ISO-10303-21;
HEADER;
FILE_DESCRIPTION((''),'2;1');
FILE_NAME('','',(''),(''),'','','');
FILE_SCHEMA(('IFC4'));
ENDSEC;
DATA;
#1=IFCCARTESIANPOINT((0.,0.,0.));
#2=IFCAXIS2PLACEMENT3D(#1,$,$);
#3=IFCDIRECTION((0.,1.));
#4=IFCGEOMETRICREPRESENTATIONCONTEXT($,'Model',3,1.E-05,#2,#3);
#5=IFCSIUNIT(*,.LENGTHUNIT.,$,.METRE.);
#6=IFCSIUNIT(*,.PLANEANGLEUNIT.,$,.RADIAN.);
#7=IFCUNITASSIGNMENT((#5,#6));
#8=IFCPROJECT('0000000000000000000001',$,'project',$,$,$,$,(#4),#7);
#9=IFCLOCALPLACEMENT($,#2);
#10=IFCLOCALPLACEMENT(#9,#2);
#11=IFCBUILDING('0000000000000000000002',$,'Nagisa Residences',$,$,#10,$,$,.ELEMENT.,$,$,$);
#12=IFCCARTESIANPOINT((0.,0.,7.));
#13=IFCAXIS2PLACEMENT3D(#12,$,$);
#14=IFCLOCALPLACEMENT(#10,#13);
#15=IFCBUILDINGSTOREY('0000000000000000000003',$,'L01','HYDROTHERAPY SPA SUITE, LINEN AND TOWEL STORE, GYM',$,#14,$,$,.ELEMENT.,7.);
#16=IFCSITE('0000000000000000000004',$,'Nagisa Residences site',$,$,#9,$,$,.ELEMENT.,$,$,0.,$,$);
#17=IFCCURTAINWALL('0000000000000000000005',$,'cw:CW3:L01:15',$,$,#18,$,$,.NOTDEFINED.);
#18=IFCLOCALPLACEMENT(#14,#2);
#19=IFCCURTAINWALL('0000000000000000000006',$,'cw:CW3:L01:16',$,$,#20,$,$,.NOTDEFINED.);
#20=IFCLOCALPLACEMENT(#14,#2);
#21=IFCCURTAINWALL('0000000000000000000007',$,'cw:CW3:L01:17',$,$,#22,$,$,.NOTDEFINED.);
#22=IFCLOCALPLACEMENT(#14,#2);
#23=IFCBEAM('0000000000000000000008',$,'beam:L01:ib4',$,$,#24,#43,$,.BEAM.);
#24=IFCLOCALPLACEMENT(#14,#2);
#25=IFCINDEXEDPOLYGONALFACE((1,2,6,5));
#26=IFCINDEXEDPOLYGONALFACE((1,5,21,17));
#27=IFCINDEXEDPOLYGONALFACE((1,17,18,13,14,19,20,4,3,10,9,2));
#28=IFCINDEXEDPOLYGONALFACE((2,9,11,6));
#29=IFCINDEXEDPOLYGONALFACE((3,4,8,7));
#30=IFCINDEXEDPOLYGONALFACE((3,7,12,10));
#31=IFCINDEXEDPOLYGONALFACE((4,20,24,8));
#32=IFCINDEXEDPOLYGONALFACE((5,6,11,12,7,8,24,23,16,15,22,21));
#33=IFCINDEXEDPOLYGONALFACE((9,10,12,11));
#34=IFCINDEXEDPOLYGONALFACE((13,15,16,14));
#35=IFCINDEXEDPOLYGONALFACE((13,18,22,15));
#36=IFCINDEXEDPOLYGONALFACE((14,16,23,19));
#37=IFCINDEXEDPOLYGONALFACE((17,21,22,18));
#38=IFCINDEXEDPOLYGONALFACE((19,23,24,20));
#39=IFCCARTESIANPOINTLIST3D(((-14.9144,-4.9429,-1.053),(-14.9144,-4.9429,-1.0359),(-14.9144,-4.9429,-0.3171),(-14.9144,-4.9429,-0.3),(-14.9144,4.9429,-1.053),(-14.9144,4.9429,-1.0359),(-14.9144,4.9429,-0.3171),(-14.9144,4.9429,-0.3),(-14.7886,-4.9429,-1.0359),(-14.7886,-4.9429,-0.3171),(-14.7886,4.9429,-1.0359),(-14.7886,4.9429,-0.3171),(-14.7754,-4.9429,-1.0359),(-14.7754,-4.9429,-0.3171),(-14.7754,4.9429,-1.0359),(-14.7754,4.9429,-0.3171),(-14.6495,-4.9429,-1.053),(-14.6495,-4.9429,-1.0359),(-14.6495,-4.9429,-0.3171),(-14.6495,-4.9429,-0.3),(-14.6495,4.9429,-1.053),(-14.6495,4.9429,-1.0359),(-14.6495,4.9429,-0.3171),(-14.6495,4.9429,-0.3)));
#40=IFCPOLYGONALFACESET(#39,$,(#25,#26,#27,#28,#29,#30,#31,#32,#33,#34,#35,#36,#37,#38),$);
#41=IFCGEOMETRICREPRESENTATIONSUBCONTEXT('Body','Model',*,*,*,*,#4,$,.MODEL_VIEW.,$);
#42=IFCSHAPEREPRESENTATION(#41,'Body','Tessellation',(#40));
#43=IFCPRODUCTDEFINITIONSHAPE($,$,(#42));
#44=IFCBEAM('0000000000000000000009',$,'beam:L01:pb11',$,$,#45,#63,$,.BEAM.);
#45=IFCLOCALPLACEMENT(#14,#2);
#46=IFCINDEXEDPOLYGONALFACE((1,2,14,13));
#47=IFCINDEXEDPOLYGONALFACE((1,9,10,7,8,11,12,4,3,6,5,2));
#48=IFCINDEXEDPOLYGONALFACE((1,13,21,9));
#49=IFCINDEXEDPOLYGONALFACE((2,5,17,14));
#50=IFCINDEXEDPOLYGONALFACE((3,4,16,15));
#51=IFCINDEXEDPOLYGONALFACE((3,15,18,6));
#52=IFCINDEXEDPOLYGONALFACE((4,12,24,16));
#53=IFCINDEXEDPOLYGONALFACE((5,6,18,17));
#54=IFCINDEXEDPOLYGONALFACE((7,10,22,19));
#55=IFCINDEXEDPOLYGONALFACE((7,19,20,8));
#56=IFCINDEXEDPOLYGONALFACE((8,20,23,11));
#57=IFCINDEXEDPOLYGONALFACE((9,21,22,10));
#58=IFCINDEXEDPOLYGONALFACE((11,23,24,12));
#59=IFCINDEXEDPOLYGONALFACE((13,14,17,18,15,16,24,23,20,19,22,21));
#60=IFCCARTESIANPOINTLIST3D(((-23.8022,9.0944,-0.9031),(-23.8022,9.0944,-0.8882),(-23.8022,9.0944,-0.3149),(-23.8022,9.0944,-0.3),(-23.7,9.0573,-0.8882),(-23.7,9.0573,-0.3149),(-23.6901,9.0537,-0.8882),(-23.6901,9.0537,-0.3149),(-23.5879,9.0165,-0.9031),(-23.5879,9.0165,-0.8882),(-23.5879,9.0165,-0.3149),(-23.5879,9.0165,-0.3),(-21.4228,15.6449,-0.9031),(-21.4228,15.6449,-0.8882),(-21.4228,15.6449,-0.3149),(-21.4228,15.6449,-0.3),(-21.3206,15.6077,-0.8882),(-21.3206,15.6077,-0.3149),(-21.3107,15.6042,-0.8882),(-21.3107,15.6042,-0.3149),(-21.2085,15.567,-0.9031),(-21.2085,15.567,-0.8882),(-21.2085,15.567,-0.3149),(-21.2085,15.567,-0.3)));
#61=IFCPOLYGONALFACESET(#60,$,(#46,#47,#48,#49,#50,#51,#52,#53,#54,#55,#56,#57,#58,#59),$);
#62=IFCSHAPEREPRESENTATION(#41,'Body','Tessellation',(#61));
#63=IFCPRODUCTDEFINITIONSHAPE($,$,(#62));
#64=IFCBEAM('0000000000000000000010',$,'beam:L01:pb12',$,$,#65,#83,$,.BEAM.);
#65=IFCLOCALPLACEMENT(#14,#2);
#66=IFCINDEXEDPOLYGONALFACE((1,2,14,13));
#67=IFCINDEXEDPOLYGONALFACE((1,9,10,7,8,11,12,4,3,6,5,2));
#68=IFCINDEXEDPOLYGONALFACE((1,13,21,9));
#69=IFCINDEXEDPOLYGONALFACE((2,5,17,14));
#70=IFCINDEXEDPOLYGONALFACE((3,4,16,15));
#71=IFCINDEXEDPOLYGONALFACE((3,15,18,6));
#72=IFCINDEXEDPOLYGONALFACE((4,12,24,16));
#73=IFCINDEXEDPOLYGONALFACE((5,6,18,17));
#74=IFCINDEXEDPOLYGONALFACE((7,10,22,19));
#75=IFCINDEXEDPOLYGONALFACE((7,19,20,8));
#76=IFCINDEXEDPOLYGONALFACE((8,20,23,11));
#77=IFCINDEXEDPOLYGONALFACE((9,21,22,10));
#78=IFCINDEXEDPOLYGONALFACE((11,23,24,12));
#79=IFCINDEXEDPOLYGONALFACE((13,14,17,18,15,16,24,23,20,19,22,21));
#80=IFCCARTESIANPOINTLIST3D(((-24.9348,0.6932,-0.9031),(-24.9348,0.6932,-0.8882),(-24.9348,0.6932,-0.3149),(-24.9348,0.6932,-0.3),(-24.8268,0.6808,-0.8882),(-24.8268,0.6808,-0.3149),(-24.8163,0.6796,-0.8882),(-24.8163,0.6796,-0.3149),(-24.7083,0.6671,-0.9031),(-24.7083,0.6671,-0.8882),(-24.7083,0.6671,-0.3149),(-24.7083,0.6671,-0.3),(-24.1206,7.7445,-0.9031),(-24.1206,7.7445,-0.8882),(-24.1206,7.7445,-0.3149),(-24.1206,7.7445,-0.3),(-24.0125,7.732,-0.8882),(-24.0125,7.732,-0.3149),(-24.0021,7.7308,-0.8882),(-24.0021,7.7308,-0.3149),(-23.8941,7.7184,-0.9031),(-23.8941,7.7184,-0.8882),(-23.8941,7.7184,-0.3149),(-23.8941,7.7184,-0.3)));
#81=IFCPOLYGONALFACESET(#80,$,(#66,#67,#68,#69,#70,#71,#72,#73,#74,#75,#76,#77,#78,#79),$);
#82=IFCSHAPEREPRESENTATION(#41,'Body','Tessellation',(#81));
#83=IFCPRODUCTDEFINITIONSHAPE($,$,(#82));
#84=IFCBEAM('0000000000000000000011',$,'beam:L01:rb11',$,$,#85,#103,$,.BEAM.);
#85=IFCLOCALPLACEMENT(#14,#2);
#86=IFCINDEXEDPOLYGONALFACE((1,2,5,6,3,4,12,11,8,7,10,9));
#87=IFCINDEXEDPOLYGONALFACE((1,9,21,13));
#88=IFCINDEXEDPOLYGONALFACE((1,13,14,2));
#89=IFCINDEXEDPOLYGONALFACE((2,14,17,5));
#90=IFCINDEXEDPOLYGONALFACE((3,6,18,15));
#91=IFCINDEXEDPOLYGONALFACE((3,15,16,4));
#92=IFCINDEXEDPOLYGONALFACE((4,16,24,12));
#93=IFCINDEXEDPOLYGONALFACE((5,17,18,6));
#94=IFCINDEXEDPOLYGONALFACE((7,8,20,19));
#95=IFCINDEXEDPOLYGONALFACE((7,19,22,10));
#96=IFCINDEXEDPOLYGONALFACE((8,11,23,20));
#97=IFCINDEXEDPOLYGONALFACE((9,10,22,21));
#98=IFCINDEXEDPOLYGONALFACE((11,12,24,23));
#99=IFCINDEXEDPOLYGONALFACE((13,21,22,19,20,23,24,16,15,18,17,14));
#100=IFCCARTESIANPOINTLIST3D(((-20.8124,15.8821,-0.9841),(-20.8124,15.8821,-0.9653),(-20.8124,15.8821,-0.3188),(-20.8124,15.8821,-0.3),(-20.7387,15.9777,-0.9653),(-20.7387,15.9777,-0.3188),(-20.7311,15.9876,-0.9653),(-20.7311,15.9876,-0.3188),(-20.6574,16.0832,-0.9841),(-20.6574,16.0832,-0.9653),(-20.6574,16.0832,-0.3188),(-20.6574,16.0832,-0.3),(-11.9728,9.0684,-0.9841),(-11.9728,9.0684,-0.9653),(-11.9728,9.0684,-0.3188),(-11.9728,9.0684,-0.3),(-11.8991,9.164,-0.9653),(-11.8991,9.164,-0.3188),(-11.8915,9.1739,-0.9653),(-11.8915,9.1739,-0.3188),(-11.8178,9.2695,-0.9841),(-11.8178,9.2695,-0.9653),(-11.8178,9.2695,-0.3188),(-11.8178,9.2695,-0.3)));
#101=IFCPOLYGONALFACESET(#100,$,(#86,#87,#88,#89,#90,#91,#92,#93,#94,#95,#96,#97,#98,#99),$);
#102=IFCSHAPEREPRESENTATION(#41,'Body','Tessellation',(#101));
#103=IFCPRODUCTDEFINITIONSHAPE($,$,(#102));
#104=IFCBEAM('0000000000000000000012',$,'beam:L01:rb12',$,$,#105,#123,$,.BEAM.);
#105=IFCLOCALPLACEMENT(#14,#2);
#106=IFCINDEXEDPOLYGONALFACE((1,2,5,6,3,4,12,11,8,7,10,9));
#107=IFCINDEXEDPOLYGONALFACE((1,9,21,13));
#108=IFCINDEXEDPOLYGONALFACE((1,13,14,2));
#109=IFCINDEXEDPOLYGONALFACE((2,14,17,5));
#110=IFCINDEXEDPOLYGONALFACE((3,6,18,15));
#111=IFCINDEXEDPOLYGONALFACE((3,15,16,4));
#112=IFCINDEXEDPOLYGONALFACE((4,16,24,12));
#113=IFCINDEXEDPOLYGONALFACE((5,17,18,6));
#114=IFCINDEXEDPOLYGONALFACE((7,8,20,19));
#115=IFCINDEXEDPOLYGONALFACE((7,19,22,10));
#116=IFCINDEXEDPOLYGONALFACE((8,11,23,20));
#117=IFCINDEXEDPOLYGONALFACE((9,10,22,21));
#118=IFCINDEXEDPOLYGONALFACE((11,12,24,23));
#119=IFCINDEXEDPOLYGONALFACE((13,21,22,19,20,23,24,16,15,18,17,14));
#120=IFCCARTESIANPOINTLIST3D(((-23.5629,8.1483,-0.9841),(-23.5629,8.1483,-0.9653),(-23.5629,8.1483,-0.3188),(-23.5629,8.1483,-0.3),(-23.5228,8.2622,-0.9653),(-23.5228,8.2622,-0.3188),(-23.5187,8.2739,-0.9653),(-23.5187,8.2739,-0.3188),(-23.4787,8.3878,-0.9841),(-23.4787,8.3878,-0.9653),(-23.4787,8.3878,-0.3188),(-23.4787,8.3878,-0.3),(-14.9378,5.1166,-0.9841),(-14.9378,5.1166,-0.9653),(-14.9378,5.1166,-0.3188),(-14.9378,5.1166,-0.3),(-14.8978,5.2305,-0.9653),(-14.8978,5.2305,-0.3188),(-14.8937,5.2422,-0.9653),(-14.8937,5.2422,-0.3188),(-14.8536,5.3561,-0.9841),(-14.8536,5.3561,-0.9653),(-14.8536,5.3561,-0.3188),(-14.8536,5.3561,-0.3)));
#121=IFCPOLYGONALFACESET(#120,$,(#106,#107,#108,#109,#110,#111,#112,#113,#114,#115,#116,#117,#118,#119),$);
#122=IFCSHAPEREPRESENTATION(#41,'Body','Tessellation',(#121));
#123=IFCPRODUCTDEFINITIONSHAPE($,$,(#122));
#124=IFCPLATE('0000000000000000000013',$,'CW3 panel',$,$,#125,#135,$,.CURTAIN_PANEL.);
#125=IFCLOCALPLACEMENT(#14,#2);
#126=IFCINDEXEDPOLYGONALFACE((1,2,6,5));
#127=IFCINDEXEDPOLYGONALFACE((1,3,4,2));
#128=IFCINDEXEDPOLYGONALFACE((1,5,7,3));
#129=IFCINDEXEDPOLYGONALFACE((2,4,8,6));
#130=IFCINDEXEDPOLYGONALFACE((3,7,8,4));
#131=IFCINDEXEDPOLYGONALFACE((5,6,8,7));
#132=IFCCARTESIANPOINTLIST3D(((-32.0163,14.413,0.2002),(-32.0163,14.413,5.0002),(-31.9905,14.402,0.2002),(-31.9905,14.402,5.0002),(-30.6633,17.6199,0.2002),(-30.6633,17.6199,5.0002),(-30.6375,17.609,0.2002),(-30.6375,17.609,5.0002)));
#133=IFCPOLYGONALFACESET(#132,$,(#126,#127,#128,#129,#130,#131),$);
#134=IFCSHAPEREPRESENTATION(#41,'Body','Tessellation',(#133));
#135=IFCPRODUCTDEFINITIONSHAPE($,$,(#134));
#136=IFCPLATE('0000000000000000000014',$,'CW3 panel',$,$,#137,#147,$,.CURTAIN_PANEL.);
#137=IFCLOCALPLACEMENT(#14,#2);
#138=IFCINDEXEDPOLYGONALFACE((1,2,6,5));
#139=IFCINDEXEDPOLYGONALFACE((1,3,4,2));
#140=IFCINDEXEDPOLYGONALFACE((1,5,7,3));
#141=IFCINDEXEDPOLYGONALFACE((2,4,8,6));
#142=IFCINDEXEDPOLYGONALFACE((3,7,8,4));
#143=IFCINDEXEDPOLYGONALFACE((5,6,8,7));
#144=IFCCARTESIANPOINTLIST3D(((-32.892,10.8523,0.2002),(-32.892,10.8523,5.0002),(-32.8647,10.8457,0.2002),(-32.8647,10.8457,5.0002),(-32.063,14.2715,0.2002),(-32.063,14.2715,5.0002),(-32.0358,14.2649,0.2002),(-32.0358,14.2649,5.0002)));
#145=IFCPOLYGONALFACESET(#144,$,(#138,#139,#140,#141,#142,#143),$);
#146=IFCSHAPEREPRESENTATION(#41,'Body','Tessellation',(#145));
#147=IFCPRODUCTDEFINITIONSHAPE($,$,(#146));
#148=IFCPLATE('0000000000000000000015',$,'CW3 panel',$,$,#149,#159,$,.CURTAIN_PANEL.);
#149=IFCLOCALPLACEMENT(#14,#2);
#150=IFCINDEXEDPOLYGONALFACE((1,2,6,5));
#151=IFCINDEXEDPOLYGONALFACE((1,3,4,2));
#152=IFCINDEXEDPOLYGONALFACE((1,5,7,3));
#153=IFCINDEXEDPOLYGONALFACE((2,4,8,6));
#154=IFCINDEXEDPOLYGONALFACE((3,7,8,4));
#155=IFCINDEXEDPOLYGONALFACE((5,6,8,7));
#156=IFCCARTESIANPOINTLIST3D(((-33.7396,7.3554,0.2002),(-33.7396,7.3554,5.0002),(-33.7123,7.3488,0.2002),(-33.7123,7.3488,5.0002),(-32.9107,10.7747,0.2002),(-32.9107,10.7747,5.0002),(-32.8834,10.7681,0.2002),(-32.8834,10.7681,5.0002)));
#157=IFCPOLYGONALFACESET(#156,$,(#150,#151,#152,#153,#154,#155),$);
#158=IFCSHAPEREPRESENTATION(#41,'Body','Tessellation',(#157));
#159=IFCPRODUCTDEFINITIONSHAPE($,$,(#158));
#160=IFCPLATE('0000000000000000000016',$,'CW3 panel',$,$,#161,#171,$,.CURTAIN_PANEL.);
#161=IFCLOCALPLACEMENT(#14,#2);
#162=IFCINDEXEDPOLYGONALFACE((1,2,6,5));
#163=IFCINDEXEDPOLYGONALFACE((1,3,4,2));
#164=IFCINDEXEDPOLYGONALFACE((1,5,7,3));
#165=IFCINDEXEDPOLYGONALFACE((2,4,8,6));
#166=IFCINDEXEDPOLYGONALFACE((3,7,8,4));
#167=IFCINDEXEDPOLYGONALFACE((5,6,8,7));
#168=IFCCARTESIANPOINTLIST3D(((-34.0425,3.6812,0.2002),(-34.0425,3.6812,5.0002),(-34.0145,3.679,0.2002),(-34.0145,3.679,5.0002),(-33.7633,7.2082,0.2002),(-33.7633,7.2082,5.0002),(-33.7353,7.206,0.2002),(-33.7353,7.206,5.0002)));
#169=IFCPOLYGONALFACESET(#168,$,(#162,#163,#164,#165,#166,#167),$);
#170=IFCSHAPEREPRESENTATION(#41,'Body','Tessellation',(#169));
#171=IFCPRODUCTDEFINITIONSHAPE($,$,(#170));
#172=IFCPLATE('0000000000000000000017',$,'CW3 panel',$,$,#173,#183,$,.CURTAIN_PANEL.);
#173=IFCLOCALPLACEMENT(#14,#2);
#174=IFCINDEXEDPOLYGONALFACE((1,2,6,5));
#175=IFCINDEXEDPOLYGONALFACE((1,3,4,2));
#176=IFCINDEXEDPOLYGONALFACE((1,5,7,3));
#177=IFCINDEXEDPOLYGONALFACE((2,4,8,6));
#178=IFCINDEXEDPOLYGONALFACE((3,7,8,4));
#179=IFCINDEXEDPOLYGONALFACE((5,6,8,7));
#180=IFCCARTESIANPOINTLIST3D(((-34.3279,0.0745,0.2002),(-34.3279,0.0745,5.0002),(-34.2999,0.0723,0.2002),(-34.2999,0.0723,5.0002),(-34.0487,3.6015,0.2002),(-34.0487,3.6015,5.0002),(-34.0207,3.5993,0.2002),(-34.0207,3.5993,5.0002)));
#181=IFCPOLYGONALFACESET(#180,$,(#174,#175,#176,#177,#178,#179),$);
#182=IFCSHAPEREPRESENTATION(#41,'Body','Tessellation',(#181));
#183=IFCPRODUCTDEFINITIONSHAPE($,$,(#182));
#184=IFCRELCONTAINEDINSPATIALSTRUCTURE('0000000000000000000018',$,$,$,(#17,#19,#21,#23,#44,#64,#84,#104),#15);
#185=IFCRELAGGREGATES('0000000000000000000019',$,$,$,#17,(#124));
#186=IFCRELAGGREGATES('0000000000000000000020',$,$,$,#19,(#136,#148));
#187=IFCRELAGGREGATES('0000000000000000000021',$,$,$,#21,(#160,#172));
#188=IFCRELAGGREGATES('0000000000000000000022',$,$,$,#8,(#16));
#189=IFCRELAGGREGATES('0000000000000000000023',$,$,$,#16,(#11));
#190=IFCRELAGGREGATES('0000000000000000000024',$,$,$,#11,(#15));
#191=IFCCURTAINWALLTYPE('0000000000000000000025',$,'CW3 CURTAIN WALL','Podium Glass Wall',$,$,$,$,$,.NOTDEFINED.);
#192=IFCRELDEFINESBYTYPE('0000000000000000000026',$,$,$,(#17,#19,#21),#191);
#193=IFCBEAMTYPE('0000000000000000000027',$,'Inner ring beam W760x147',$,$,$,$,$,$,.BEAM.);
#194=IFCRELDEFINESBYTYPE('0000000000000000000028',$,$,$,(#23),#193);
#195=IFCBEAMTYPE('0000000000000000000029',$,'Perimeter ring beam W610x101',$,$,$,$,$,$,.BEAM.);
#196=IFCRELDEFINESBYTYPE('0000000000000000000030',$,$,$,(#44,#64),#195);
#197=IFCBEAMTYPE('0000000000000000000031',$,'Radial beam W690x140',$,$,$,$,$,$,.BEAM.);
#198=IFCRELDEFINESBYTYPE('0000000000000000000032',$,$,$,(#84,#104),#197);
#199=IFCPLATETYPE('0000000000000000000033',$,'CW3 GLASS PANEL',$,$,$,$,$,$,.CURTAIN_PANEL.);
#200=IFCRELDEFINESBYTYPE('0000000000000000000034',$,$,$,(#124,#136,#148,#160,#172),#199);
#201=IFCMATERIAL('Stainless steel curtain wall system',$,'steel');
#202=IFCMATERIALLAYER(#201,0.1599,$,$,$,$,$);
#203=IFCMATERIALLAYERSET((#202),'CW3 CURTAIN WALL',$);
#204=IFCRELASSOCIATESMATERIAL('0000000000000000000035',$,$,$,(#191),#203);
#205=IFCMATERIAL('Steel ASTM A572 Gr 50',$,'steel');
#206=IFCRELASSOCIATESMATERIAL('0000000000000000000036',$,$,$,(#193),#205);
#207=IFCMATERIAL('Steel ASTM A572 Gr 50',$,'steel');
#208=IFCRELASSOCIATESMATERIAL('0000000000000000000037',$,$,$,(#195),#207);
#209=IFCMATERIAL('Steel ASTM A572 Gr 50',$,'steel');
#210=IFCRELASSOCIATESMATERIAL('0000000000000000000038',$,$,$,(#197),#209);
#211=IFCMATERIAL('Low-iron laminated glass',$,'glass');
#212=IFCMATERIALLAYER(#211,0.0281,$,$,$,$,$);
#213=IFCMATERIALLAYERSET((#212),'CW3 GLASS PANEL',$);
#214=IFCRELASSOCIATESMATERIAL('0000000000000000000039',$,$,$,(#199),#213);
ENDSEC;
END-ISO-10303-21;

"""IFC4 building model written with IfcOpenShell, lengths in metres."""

from ifc_helpers import new_model, si_unit, direction, frame, origin, origin_2d, place, context, subcontext, project, spatial, rectangle, i_section, extrude, material, layer, layer_set, material_profile, profile_set, type_object, element, aggregate, save


model = new_model("IFC4")

# Units and contexts
model_context = context("Model", 3, precision=1e-05, world=origin(), true_north=direction((0.0, 1.0)))
body_context = subcontext(model_context, "Body", "Model", "MODEL_VIEW")
ifc_project = project(units=[si_unit("LENGTHUNIT", "METRE"), si_unit("PLANEANGLEUNIT", "RADIAN")], contexts=[model_context])

# Site, building, storey
site_placement = place(None, origin())
site = spatial("IfcSite", under=ifc_project, at=site_placement, Name="Nagisa Residences site", CompositionType="ELEMENT", RefElevation=0.0)
building_placement = place(site_placement, origin())
building = spatial("IfcBuilding", under=site, at=building_placement, Name="Nagisa Residences", CompositionType="ELEMENT")
storey_placement = place(building_placement, frame((0.0, 0.0, 7.0)))
storey = spatial("IfcBuildingStorey", under=building, at=storey_placement, Name="L01", Description="HYDROTHERAPY SPA SUITE, LINEN AND TOWEL STORE, GYM", CompositionType="ELEMENT", Elevation=7.0)

# Curtain wall
ifc_material_1 = material(Name="Stainless steel curtain wall system", Category="steel")
ifc_layer_1 = layer(ifc_material_1, 0.1599)
ifc_layer_set_1 = layer_set([ifc_layer_1], Name="CW3 CURTAIN WALL")
curtain_wall_type_1 = type_object("IfcCurtainWallType", Name="CW3 CURTAIN WALL", Description="Podium Glass Wall", PredefinedType="NOTDEFINED", material=ifc_layer_set_1)
curtain_wall_1_placement = place(storey_placement, origin())
curtain_wall_1 = element("IfcCurtainWall", 1, at=curtain_wall_1_placement, inside=storey, type_object=curtain_wall_type_1, Name="cw:CW3:L01:15", PredefinedType="NOTDEFINED")

# Curtain walls
curtain_wall_2_placement = place(storey_placement, origin())
curtain_wall_2 = element("IfcCurtainWall", 2, at=curtain_wall_2_placement, inside=storey, type_object=curtain_wall_type_1, Name="cw:CW3:L01:16", PredefinedType="NOTDEFINED")
curtain_wall_3_placement = place(storey_placement, origin())
curtain_wall_3 = element("IfcCurtainWall", 3, at=curtain_wall_3_placement, inside=storey, type_object=curtain_wall_type_1, Name="cw:CW3:L01:17", PredefinedType="NOTDEFINED")

# Beams
ifc_material_2 = material(Name="Steel ASTM A572 Gr 50", Category="steel")
ifc_material_profile_1 = material_profile(ifc_material_2, i_section(OverallWidth=0.2649, OverallDepth=0.7529, WebThickness=0.0132, FlangeThickness=0.0171, at=origin_2d()), Name="W760x147")
ifc_profile_set_1 = profile_set([ifc_material_profile_1], Name="Steel ASTM A572 Gr 50")
beam_type_1 = type_object("IfcBeamType", Name="Inner ring beam W760x147", PredefinedType="BEAM", material=ifc_profile_set_1)
beam_1_placement = place(storey_placement, frame((-14.782, 4.9429, -0.6765), z_axis=(0.0, -1.0, 0.0), x_axis=(1.0, 0.0, 0.0)))
element("IfcBeam", 4, at=beam_1_placement, inside=storey, type_object=beam_type_1, Name="beam:L01:ib4", PredefinedType="BEAM", context=body_context, shape_type="SweptSolid", body=[
    extrude(i_section(OverallWidth=0.2649, OverallDepth=0.7529, WebThickness=0.0132, FlangeThickness=0.0171, at=origin_2d()), origin(), (0.0, 0.0, 1.0), 9.8857),
])
ifc_material_3 = material(Name="Steel ASTM A572 Gr 50", Category="steel")
ifc_material_profile_2 = material_profile(ifc_material_3, i_section(OverallWidth=0.228, OverallDepth=0.603, WebThickness=0.0105, FlangeThickness=0.0149, at=origin_2d()), Name="W610x101")
ifc_profile_set_2 = profile_set([ifc_material_profile_2], Name="Steel ASTM A572 Gr 50")
beam_type_2 = type_object("IfcBeamType", Name="Perimeter ring beam W610x101", PredefinedType="BEAM", material=ifc_profile_set_2)
beam_2_placement = place(storey_placement, frame((-21.3157, 15.606, -0.6016), z_axis=(-0.341411, -0.939914, 0.0), x_axis=(0.939914, -0.341411, 0.0)))
element("IfcBeam", 5, at=beam_2_placement, inside=storey, type_object=beam_type_2, Name="beam:L01:pb11", PredefinedType="BEAM", context=body_context, shape_type="SweptSolid", body=[
    extrude(i_section(OverallWidth=0.228, OverallDepth=0.603, WebThickness=0.0105, FlangeThickness=0.0149, at=origin_2d()), origin(), (0.0, 0.0, 1.0), 6.9692),
])
beam_3_placement = place(storey_placement, frame((-24.0073, 7.7314, -0.6016), z_axis=(-0.114708, -0.993399, 0.0), x_axis=(0.993399, -0.114708, 0.0)))
element("IfcBeam", 6, at=beam_3_placement, inside=storey, type_object=beam_type_2, Name="beam:L01:pb12", PredefinedType="BEAM", context=body_context, shape_type="SweptSolid", body=[
    extrude(i_section(OverallWidth=0.228, OverallDepth=0.603, WebThickness=0.0105, FlangeThickness=0.0149, at=origin_2d()), origin(), (0.0, 0.0, 1.0), 7.0981),
])
ifc_material_4 = material(Name="Steel ASTM A572 Gr 50", Category="steel")
ifc_material_profile_3 = material_profile(ifc_material_4, i_section(OverallWidth=0.2539, OverallDepth=0.6841, WebThickness=0.0125, FlangeThickness=0.0188, at=origin_2d()), Name="W690x140")
ifc_profile_set_3 = profile_set([ifc_material_profile_3], Name="Steel ASTM A572 Gr 50")
beam_type_3 = type_object("IfcBeamType", Name="Radial beam W690x140", PredefinedType="BEAM", material=ifc_profile_set_3)
beam_4_placement = place(storey_placement, frame((-20.7349, 15.9827, -0.6421), z_axis=(0.792016, -0.6105, 0.0), x_axis=(0.6105, 0.792016, 0.0)))
element("IfcBeam", 7, at=beam_4_placement, inside=storey, type_object=beam_type_3, Name="beam:L01:rb11", PredefinedType="BEAM", context=body_context, shape_type="SweptSolid", body=[
    extrude(i_section(OverallWidth=0.2539, OverallDepth=0.6841, WebThickness=0.0125, FlangeThickness=0.0188, at=origin_2d()), origin(), (0.0, 0.0, 1.0), 11.1609),
])
beam_5_placement = place(storey_placement, frame((-23.5208, 8.2681, -0.6421), z_axis=(0.943415, -0.331616, 0.0), x_axis=(0.331616, 0.943415, 0.0)))
element("IfcBeam", 8, at=beam_5_placement, inside=storey, type_object=beam_type_3, Name="beam:L01:rb12", PredefinedType="BEAM", context=body_context, shape_type="SweptSolid", body=[
    extrude(i_section(OverallWidth=0.2539, OverallDepth=0.6841, WebThickness=0.0125, FlangeThickness=0.0188, at=origin_2d()), origin(), (0.0, 0.0, 1.0), 9.1423),
])

# Plates
ifc_material_5 = material(Name="Low-iron laminated glass", Category="glass")
ifc_layer_2 = layer(ifc_material_5, 0.0281)
ifc_layer_set_2 = layer_set([ifc_layer_2], Name="CW3 GLASS PANEL")
plate_type_1 = type_object("IfcPlateType", Name="CW3 GLASS PANEL", PredefinedType="CURTAIN_PANEL", material=ifc_layer_set_2)
plate_1_placement = place(storey_placement, frame((-31.3269, 16.011, 0.2002), z_axis=(0.0, 0.0, 1.0), x_axis=(-0.388718, -0.921357, 0.0)))
plate_1 = element("IfcPlate", 9, at=plate_1_placement, type_object=plate_type_1, Name="CW3 panel", PredefinedType="CURTAIN_PANEL", context=body_context, shape_type="SweptSolid", body=[
    extrude(rectangle(XDim=3.4807, YDim=0.0281, at=origin_2d()), origin(), (0.0, 0.0, 1.0), 4.8),
])
aggregate(curtain_wall_1, [plate_1])
plate_2_placement = place(storey_placement, frame((-32.4639, 12.5586, 0.2002), z_axis=(0.0, 0.0, 1.0), x_axis=(-0.235606, -0.971849, 0.0)))
plate_2 = element("IfcPlate", 10, at=plate_2_placement, type_object=plate_type_1, Name="CW3 panel", PredefinedType="CURTAIN_PANEL", context=body_context, shape_type="SweptSolid", body=[
    extrude(rectangle(XDim=3.5183, YDim=0.0281, at=origin_2d()), origin(), (0.0, 0.0, 1.0), 4.8),
])
plate_3_placement = place(storey_placement, frame((-33.3115, 9.0618, 0.2002), z_axis=(0.0, 0.0, 1.0), x_axis=(-0.235606, -0.971849, 0.0)))
plate_3 = element("IfcPlate", 11, at=plate_3_placement, type_object=plate_type_1, Name="CW3 panel", PredefinedType="CURTAIN_PANEL", context=body_context, shape_type="SweptSolid", body=[
    extrude(rectangle(XDim=3.5183, YDim=0.0281, at=origin_2d()), origin(), (0.0, 0.0, 1.0), 4.8),
])
aggregate(curtain_wall_2, [plate_2, plate_3])
plate_4_placement = place(storey_placement, frame((-33.8889, 5.4436, 0.2002), z_axis=(0.0, 0.0, 1.0), x_axis=(-0.07891, -0.996882, 0.0)))
plate_4 = element("IfcPlate", 12, at=plate_4_placement, type_object=plate_type_1, Name="CW3 panel", PredefinedType="CURTAIN_PANEL", context=body_context, shape_type="SweptSolid", body=[
    extrude(rectangle(XDim=3.5381, YDim=0.0281, at=origin_2d()), origin(), (0.0, 0.0, 1.0), 4.8),
])
plate_5_placement = place(storey_placement, frame((-34.1743, 1.8369, 0.2002), z_axis=(0.0, 0.0, 1.0), x_axis=(-0.07891, -0.996882, 0.0)))
plate_5 = element("IfcPlate", 13, at=plate_5_placement, type_object=plate_type_1, Name="CW3 panel", PredefinedType="CURTAIN_PANEL", context=body_context, shape_type="SweptSolid", body=[
    extrude(rectangle(XDim=3.5381, YDim=0.0281, at=origin_2d()), origin(), (0.0, 0.0, 1.0), 4.8),
])
aggregate(curtain_wall_3, [plate_4, plate_5])

save(model, "model.ifc")
